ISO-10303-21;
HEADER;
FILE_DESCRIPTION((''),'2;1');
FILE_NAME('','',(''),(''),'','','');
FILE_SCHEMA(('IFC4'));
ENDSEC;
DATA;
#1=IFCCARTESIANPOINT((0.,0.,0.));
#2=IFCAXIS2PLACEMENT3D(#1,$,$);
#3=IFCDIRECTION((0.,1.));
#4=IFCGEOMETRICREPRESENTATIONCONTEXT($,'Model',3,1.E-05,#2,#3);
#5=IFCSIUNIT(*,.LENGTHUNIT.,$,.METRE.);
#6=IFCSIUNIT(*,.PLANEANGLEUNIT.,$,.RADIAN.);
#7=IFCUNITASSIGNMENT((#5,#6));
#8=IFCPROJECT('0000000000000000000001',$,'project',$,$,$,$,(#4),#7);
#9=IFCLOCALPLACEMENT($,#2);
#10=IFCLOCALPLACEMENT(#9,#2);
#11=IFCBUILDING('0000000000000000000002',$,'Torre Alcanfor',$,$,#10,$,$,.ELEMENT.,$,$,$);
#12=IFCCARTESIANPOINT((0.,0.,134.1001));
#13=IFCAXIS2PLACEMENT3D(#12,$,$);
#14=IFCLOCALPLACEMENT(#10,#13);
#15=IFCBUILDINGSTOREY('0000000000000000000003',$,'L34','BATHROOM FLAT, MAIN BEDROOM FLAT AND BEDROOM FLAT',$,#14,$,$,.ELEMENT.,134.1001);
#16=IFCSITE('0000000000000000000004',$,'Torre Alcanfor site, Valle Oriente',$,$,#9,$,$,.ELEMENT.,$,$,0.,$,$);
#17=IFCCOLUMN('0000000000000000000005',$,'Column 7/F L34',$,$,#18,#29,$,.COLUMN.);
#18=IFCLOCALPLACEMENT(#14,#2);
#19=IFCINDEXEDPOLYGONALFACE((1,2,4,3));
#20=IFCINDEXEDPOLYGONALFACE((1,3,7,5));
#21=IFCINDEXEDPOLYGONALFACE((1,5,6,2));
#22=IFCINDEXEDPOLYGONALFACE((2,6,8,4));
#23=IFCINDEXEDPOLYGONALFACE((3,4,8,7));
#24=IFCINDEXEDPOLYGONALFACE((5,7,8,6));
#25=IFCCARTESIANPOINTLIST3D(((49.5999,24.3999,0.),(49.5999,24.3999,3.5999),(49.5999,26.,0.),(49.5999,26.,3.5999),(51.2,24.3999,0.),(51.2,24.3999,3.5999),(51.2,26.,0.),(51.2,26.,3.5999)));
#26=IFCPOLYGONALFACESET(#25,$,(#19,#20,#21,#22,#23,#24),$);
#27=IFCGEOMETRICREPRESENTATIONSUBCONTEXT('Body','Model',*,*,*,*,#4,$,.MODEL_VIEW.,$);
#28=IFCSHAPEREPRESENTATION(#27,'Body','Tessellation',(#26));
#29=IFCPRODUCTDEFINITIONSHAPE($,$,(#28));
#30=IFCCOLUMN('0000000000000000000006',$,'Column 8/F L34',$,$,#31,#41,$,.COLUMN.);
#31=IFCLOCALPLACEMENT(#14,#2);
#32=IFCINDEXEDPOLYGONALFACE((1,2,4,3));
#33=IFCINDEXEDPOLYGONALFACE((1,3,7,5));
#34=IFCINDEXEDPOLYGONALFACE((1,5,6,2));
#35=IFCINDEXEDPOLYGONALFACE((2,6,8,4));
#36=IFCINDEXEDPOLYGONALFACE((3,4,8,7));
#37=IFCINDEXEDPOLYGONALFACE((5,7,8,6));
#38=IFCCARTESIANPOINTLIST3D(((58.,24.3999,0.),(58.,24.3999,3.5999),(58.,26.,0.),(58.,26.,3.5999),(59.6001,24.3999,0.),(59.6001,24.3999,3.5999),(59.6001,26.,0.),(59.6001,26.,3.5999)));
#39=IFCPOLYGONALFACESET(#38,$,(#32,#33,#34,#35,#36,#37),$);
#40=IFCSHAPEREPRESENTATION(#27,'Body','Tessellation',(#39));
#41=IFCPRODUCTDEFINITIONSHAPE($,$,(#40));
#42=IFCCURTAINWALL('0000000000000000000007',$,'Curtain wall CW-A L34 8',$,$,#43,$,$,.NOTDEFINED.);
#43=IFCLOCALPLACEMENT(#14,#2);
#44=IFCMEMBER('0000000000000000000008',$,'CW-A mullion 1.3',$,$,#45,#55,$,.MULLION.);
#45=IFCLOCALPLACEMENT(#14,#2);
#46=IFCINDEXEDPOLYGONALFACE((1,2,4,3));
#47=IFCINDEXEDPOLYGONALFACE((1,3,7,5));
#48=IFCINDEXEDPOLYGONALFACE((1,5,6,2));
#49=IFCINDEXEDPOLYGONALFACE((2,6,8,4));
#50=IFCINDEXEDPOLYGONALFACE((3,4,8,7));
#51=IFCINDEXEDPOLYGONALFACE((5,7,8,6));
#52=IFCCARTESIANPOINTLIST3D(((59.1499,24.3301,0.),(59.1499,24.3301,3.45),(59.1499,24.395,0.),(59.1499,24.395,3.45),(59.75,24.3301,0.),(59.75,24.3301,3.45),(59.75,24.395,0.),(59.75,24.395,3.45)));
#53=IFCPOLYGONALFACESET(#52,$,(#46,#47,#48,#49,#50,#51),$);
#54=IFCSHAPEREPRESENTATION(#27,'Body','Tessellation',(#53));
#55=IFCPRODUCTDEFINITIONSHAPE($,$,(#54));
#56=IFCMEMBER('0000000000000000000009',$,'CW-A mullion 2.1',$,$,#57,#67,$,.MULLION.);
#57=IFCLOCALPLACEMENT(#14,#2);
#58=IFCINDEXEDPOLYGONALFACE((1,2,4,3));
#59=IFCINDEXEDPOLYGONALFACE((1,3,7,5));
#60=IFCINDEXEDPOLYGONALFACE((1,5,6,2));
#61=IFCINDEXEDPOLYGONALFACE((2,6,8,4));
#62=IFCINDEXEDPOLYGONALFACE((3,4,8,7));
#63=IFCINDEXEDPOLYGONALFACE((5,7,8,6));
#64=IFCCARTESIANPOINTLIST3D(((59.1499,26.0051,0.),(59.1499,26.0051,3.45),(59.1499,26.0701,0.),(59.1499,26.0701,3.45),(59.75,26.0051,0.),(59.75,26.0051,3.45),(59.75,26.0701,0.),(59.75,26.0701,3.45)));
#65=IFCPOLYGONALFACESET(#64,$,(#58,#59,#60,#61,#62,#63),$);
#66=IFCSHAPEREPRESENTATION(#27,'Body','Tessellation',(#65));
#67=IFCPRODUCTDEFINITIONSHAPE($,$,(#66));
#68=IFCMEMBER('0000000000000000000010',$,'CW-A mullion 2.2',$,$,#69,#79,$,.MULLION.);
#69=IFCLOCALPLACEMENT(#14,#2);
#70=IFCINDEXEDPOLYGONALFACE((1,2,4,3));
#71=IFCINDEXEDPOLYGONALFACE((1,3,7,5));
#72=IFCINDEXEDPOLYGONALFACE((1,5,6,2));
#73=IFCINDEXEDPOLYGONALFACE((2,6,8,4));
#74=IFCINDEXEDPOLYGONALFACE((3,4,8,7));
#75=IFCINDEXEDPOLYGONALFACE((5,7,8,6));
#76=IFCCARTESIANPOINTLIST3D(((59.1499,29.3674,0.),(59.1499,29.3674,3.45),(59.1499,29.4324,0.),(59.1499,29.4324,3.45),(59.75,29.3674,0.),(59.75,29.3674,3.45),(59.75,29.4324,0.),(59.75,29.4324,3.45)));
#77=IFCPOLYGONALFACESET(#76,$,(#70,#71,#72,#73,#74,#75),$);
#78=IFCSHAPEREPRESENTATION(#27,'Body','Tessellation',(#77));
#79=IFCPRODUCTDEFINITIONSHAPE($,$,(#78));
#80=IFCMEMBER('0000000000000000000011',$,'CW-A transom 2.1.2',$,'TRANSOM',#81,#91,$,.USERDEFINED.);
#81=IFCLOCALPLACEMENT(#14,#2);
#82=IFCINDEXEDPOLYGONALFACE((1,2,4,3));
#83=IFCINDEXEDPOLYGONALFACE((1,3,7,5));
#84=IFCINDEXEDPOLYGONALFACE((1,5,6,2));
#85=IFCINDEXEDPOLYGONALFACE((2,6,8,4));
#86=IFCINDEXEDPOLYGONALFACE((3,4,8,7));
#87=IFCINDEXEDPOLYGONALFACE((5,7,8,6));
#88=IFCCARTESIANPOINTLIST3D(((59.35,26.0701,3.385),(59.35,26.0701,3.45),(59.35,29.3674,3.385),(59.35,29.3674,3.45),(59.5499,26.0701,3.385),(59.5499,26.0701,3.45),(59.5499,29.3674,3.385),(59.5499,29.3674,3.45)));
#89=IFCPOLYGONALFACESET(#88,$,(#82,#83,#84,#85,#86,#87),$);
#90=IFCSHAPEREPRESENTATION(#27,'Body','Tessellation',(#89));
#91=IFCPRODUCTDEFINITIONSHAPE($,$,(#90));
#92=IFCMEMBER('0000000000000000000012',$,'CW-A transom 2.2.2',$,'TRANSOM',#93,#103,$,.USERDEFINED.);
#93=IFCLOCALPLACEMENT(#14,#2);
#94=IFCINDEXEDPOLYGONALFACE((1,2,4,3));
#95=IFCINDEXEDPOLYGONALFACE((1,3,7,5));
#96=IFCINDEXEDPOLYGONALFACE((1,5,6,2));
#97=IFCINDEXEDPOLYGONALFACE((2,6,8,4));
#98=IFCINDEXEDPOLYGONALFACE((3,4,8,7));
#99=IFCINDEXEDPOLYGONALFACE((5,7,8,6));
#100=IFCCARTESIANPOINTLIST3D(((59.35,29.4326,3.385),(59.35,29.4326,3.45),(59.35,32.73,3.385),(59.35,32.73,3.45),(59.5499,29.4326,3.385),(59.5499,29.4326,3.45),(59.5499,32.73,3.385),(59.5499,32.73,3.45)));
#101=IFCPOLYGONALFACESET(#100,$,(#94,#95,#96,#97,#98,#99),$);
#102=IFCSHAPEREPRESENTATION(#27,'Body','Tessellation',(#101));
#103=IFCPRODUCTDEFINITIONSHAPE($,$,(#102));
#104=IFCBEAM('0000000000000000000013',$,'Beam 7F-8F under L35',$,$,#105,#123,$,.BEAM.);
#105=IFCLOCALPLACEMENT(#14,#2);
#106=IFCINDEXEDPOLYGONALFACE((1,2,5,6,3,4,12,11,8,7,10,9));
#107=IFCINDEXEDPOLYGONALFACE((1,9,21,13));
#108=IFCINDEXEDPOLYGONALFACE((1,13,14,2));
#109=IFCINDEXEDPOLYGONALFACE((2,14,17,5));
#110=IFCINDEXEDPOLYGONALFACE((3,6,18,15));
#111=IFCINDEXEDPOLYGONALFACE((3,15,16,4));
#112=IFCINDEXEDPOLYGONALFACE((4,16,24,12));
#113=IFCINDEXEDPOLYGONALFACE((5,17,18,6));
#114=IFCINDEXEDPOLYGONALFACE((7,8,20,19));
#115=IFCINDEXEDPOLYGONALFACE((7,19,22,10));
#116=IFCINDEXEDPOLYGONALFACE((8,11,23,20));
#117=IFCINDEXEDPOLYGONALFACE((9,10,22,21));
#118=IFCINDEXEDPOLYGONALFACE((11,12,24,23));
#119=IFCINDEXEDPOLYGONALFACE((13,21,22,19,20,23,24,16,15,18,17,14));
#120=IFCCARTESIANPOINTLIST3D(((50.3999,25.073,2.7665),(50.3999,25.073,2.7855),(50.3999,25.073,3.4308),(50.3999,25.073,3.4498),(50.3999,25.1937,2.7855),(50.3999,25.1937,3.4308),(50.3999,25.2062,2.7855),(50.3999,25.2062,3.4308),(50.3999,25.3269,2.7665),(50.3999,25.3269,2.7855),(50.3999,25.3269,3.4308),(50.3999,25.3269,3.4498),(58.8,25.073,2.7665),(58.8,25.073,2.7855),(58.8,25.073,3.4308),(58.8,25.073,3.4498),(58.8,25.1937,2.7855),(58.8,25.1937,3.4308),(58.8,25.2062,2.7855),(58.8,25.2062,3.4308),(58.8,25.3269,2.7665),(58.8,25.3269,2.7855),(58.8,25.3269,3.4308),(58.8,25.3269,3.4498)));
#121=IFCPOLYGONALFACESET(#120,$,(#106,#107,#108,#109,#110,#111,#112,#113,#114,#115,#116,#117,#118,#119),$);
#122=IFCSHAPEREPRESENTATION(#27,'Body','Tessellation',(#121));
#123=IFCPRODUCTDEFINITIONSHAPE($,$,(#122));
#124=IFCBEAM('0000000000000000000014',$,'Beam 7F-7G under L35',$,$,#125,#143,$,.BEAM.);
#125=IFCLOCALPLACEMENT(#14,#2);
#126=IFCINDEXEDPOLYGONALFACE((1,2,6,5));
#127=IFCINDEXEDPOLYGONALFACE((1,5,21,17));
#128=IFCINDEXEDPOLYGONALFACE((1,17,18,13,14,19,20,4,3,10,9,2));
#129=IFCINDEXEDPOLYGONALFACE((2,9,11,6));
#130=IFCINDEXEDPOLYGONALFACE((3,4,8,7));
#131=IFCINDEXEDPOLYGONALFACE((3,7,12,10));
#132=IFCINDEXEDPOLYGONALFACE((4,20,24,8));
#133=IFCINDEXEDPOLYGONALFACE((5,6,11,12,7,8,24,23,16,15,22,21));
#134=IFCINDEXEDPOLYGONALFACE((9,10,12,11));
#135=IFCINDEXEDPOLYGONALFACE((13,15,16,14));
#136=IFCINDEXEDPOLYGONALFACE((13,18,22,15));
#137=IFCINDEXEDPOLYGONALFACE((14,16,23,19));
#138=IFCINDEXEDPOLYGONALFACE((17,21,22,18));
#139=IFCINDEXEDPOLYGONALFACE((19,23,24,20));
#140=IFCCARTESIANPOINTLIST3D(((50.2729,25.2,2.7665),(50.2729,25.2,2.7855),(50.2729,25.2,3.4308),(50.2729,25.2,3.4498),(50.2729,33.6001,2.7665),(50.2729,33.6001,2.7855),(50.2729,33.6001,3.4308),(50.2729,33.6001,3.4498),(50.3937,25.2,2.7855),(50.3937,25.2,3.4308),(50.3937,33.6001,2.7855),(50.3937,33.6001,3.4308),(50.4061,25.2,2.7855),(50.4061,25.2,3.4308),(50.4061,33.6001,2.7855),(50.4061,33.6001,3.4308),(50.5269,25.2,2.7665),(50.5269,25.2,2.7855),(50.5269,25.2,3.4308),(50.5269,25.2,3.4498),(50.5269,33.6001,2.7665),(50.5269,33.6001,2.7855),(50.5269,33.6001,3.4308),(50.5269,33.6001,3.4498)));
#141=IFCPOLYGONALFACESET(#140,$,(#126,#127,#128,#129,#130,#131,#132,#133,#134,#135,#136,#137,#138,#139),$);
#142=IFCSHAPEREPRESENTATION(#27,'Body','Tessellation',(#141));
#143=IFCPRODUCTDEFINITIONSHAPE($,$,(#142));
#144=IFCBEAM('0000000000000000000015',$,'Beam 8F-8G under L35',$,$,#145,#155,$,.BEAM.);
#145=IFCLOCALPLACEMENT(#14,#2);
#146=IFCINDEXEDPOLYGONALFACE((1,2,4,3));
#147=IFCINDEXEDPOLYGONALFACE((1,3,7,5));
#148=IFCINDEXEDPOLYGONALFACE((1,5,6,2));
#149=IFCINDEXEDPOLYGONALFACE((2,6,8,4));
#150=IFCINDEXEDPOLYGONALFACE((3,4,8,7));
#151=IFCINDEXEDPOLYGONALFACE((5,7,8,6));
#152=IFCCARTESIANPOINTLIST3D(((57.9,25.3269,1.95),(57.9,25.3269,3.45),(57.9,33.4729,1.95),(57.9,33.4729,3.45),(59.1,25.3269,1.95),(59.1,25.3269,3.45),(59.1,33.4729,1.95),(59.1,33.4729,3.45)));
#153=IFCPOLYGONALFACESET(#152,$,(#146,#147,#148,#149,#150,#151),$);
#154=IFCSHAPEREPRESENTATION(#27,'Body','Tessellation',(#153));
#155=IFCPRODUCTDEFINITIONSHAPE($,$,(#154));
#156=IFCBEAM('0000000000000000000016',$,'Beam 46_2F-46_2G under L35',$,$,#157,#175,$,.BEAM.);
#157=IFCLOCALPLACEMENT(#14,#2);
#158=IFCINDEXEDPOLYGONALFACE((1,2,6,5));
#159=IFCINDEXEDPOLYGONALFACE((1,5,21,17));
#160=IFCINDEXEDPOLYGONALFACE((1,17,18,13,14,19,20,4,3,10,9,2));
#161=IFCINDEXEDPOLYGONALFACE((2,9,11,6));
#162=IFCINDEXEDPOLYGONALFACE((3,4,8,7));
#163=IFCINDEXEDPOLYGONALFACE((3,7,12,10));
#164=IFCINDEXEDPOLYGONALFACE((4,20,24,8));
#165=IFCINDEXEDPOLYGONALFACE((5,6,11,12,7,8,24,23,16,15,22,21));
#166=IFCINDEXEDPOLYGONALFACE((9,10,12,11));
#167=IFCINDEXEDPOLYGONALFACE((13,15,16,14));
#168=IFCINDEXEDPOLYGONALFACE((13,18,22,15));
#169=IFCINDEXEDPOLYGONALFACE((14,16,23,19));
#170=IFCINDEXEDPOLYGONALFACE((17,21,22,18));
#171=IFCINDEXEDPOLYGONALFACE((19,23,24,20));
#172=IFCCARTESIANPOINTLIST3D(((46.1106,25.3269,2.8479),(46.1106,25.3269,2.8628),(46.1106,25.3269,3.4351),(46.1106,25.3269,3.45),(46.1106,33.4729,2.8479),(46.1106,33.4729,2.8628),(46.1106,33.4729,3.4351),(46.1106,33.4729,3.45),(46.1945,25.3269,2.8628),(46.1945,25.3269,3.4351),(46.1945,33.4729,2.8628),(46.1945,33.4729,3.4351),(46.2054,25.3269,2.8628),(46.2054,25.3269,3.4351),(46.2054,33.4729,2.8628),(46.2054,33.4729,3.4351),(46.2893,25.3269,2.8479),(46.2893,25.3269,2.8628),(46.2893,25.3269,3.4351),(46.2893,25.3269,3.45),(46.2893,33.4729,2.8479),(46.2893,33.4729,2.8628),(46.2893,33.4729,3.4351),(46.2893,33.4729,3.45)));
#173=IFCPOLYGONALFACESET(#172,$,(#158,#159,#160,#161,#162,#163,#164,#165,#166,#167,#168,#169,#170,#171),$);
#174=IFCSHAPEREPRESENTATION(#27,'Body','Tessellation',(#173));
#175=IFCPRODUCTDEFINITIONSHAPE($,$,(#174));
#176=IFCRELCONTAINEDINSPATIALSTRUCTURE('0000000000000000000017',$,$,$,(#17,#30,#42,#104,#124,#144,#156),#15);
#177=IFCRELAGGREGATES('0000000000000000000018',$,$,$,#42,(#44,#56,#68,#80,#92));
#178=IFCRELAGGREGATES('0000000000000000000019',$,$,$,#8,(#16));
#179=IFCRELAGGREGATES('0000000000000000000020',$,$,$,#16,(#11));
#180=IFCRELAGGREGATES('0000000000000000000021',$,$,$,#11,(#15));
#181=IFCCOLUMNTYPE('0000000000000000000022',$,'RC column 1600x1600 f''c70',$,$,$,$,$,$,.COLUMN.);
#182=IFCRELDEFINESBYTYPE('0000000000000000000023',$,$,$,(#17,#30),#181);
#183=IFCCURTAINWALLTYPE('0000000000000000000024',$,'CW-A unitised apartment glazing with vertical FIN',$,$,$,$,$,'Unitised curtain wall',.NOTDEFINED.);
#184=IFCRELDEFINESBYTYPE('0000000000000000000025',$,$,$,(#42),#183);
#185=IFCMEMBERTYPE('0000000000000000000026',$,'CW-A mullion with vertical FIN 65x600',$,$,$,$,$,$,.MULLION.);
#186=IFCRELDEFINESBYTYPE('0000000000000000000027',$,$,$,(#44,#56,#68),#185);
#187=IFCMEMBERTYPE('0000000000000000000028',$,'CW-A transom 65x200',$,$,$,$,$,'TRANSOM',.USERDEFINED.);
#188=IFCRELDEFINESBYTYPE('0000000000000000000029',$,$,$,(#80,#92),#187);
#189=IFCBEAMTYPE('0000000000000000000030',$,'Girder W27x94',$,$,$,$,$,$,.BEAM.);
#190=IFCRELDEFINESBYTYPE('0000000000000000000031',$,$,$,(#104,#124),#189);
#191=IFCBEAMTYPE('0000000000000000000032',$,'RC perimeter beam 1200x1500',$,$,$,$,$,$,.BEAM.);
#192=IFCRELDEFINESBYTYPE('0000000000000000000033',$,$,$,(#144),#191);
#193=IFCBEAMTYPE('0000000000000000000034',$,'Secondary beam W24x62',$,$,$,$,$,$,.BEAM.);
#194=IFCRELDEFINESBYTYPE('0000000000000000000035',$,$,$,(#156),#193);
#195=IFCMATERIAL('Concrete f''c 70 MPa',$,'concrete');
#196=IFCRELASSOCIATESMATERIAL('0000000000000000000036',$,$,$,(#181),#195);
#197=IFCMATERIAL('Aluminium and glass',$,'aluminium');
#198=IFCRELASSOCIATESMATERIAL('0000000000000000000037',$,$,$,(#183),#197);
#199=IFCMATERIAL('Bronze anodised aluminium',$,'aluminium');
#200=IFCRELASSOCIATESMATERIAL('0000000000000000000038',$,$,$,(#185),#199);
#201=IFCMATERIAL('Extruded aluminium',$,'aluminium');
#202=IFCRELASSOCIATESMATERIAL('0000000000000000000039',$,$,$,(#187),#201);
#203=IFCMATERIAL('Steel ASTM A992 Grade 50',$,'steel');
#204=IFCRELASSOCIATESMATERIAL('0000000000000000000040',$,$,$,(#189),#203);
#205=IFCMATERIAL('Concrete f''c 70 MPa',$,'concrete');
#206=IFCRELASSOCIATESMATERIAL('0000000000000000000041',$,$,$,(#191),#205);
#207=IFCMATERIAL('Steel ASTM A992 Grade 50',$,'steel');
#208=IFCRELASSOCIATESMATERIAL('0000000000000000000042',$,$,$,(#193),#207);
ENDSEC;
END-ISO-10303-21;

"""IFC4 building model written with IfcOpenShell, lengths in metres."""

from ifc_helpers import new_model, si_unit, direction, frame, origin, origin_2d, place, context, subcontext, project, spatial, rectangle, i_section, extrude, material, material_profile, profile_set, type_object, element, aggregate, save


model = new_model("IFC4")

# Units and contexts
model_context = context("Model", 3, precision=1e-05, world=origin(), true_north=direction((0.0, 1.0)))
body_context = subcontext(model_context, "Body", "Model", "MODEL_VIEW")
ifc_project = project(units=[si_unit("LENGTHUNIT", "METRE"), si_unit("PLANEANGLEUNIT", "RADIAN")], contexts=[model_context])

# Site, building, storey
site_placement = place(None, origin())
site = spatial("IfcSite", under=ifc_project, at=site_placement, Name="Torre Alcanfor site, Valle Oriente", CompositionType="ELEMENT", RefElevation=0.0)
building_placement = place(site_placement, origin())
building = spatial("IfcBuilding", under=site, at=building_placement, Name="Torre Alcanfor", CompositionType="ELEMENT")
storey_placement = place(building_placement, frame((0.0, 0.0, 134.1001)))
storey = spatial("IfcBuildingStorey", under=building, at=storey_placement, Name="L34", Description="BATHROOM FLAT, MAIN BEDROOM FLAT AND BEDROOM FLAT", CompositionType="ELEMENT", Elevation=134.1001)

# Columns
ifc_material_1 = material(Name="Concrete f'c 70 MPa", Category="concrete")
ifc_material_profile_1 = material_profile(ifc_material_1, rectangle(XDim=1.6001, YDim=1.6001, at=origin_2d()), Name="1600x1600")
ifc_profile_set_1 = profile_set([ifc_material_profile_1], Name="Concrete f'c 70 MPa")
column_type = type_object("IfcColumnType", Name="RC column 1600x1600 f'c70", PredefinedType="COLUMN", material=ifc_profile_set_1)
for number, where, z_axis, x_axis, name in (
    (1, (50.3999, 25.2, 0.0), (0.0, 0.0, 1.0), (1.0, 0.0, 0.0), "Column 7/F L34"),
    (2, (58.8, 25.2, 0.0), (0.0, 0.0, 1.0), (1.0, 0.0, 0.0), "Column 8/F L34"),
):
    element("IfcColumn", number, at=place(storey_placement, frame(where, z_axis=z_axis, x_axis=x_axis)), inside=storey, type_object=column_type, Name=name, PredefinedType="COLUMN", context=body_context, shape_type="SweptSolid", body=[
        extrude(rectangle(XDim=1.6001, YDim=1.6001, at=origin_2d()), origin(), (0.0, 0.0, 1.0), 3.5999),
    ])

# Curtain wall, members
ifc_material_2 = material(Name="Aluminium and glass", Category="aluminium")
curtain_wall_type = type_object("IfcCurtainWallType", Name="CW-A unitised apartment glazing with vertical FIN", ElementType="Unitised curtain wall", PredefinedType="NOTDEFINED", material=ifc_material_2)
curtain_wall_placement = place(storey_placement, origin())
curtain_wall = element("IfcCurtainWall", 3, at=curtain_wall_placement, inside=storey, type_object=curtain_wall_type, Name="Curtain wall CW-A L34 8", PredefinedType="NOTDEFINED")
ifc_material_3 = material(Name="Bronze anodised aluminium", Category="aluminium")
ifc_material_profile_2 = material_profile(ifc_material_3, rectangle(XDim=0.6001, YDim=0.0649, at=origin_2d()), Name="CW-A mullion 65x600")
ifc_profile_set_2 = profile_set([ifc_material_profile_2], Name="Bronze anodised aluminium")
member_type_1 = type_object("IfcMemberType", Name="CW-A mullion with vertical FIN 65x600", PredefinedType="MULLION", material=ifc_profile_set_2)
member_1_placement = place(storey_placement, frame((59.45, 24.3625, 0.0), z_axis=(0.0, 0.0, 1.0), x_axis=(-1.0, 0.0, 0.0)))
member_1 = element("IfcMember", 4, at=member_1_placement, type_object=member_type_1, Name="CW-A mullion 1.3", PredefinedType="MULLION", context=body_context, shape_type="SweptSolid", body=[
    extrude(rectangle(XDim=0.6001, YDim=0.0649, at=origin_2d()), origin(), (0.0, 0.0, 1.0), 3.45),
])
member_2_placement = place(storey_placement, frame((59.45, 26.0376, 0.0), z_axis=(0.0, 0.0, 1.0), x_axis=(-1.0, 0.0, 0.0)))
member_2 = element("IfcMember", 5, at=member_2_placement, type_object=member_type_1, Name="CW-A mullion 2.1", PredefinedType="MULLION", context=body_context, shape_type="SweptSolid", body=[
    extrude(rectangle(XDim=0.6001, YDim=0.0649, at=origin_2d()), origin(), (0.0, 0.0, 1.0), 3.45),
])
member_3_placement = place(storey_placement, frame((59.45, 29.3999, 0.0), z_axis=(0.0, 0.0, 1.0), x_axis=(-1.0, 0.0, 0.0)))
member_3 = element("IfcMember", 6, at=member_3_placement, type_object=member_type_1, Name="CW-A mullion 2.2", PredefinedType="MULLION", context=body_context, shape_type="SweptSolid", body=[
    extrude(rectangle(XDim=0.6001, YDim=0.0649, at=origin_2d()), origin(), (0.0, 0.0, 1.0), 3.45),
])
ifc_material_4 = material(Name="Extruded aluminium", Category="aluminium")
ifc_material_profile_3 = material_profile(ifc_material_4, rectangle(XDim=0.2, YDim=0.0649, at=origin_2d()), Name="CW-A transom 200x65")
ifc_profile_set_3 = profile_set([ifc_material_profile_3], Name="Extruded aluminium")
member_type_2 = type_object("IfcMemberType", Name="CW-A transom 65x200", ElementType="TRANSOM", PredefinedType="USERDEFINED", material=ifc_profile_set_3)
member_4_placement = place(storey_placement, frame((59.45, 26.0701, 3.4175), z_axis=(0.0, 1.0, 0.0), x_axis=(-1.0, 0.0, 0.0)))
member_4 = element("IfcMember", 7, at=member_4_placement, type_object=member_type_2, Name="CW-A transom 2.1.2", ObjectType="TRANSOM", PredefinedType="USERDEFINED", context=body_context, shape_type="SweptSolid", body=[
    extrude(rectangle(XDim=0.2, YDim=0.0649, at=origin_2d()), origin(), (0.0, 0.0, 1.0), 3.2974),
])
member_5_placement = place(storey_placement, frame((59.45, 29.4326, 3.4175), z_axis=(0.0, 1.0, 0.0), x_axis=(-1.0, 0.0, 0.0)))
member_5 = element("IfcMember", 8, at=member_5_placement, type_object=member_type_2, Name="CW-A transom 2.2.2", ObjectType="TRANSOM", PredefinedType="USERDEFINED", context=body_context, shape_type="SweptSolid", body=[
    extrude(rectangle(XDim=0.2, YDim=0.0649, at=origin_2d()), origin(), (0.0, 0.0, 1.0), 3.2974),
])

# Beams
ifc_material_5 = material(Name="Steel ASTM A992 Grade 50", Category="steel")
ifc_material_profile_4 = material_profile(ifc_material_5, i_section(OverallWidth=0.2539, OverallDepth=0.6833, WebThickness=0.0125, FlangeThickness=0.019, at=origin_2d()), Name="W27x94")
ifc_profile_set_4 = profile_set([ifc_material_profile_4], Name="Steel ASTM A992 Grade 50")
beam_type_1 = type_object("IfcBeamType", Name="Girder W27x94", PredefinedType="BEAM", material=ifc_profile_set_4)
for number, where, z_axis, x_axis, name in (
    (9, (50.3999, 25.2, 3.1082), (1.0, 0.0, 0.0), (0.0, 1.0, 0.0), "Beam 7F-8F under L35"),
    (10, (50.3999, 25.2, 3.1082), (0.0, 1.0, 0.0), (-1.0, 0.0, 0.0), "Beam 7F-7G under L35"),
):
    element("IfcBeam", number, at=place(storey_placement, frame(where, z_axis=z_axis, x_axis=x_axis)), inside=storey, type_object=beam_type_1, Name=name, PredefinedType="BEAM", context=body_context, shape_type="SweptSolid", body=[
        extrude(i_section(OverallWidth=0.2539, OverallDepth=0.6833, WebThickness=0.0125, FlangeThickness=0.019, at=origin_2d()), origin(), (0.0, 0.0, 1.0), 8.4001),
    ])
ifc_material_6 = material(Name="Concrete f'c 70 MPa", Category="concrete")
ifc_material_profile_5 = material_profile(ifc_material_6, rectangle(XDim=1.2, YDim=1.5, at=origin_2d()), Name="1200x1500")
ifc_profile_set_5 = profile_set([ifc_material_profile_5], Name="Concrete f'c 70 MPa")
beam_type_2 = type_object("IfcBeamType", Name="RC perimeter beam 1200x1500", PredefinedType="BEAM", material=ifc_profile_set_5)
beam_placement = place(storey_placement, frame((58.5, 25.3269, 2.7), z_axis=(0.0, 1.0, 0.0), x_axis=(-1.0, 0.0, 0.0)))
element("IfcBeam", 11, at=beam_placement, inside=storey, type_object=beam_type_2, Name="Beam 8F-8G under L35", PredefinedType="BEAM", context=body_context, shape_type="SweptSolid", body=[
    extrude(rectangle(XDim=1.2, YDim=1.5, at=origin_2d()), origin(), (0.0, 0.0, 1.0), 8.146),
])
ifc_material_7 = material(Name="Steel ASTM A992 Grade 50", Category="steel")
ifc_material_profile_6 = material_profile(ifc_material_7, i_section(OverallWidth=0.1787, OverallDepth=0.6021, WebThickness=0.011, FlangeThickness=0.0149, at=origin_2d()), Name="W24x62")
ifc_profile_set_6 = profile_set([ifc_material_profile_6], Name="Steel ASTM A992 Grade 50")
beam_type_3 = type_object("IfcBeamType", Name="Secondary beam W24x62", PredefinedType="BEAM", material=ifc_profile_set_6)
for number, where, z_axis, x_axis, name in (
    (12, (46.2, 25.3269, 3.1489), (0.0, 1.0, 0.0), (-1.0, 0.0, 0.0), "Beam 46_2F-46_2G under L35"),
):
    element("IfcBeam", number, at=place(storey_placement, frame(where, z_axis=z_axis, x_axis=x_axis)), inside=storey, type_object=beam_type_3, Name=name, PredefinedType="BEAM", context=body_context, shape_type="SweptSolid", body=[
        extrude(i_section(OverallWidth=0.1787, OverallDepth=0.6021, WebThickness=0.011, FlangeThickness=0.0149, at=origin_2d()), origin(), (0.0, 0.0, 1.0), 8.146),
    ])

aggregate(curtain_wall, [member_1, member_2, member_3, member_4, member_5])

save(model, "model.ifc")
